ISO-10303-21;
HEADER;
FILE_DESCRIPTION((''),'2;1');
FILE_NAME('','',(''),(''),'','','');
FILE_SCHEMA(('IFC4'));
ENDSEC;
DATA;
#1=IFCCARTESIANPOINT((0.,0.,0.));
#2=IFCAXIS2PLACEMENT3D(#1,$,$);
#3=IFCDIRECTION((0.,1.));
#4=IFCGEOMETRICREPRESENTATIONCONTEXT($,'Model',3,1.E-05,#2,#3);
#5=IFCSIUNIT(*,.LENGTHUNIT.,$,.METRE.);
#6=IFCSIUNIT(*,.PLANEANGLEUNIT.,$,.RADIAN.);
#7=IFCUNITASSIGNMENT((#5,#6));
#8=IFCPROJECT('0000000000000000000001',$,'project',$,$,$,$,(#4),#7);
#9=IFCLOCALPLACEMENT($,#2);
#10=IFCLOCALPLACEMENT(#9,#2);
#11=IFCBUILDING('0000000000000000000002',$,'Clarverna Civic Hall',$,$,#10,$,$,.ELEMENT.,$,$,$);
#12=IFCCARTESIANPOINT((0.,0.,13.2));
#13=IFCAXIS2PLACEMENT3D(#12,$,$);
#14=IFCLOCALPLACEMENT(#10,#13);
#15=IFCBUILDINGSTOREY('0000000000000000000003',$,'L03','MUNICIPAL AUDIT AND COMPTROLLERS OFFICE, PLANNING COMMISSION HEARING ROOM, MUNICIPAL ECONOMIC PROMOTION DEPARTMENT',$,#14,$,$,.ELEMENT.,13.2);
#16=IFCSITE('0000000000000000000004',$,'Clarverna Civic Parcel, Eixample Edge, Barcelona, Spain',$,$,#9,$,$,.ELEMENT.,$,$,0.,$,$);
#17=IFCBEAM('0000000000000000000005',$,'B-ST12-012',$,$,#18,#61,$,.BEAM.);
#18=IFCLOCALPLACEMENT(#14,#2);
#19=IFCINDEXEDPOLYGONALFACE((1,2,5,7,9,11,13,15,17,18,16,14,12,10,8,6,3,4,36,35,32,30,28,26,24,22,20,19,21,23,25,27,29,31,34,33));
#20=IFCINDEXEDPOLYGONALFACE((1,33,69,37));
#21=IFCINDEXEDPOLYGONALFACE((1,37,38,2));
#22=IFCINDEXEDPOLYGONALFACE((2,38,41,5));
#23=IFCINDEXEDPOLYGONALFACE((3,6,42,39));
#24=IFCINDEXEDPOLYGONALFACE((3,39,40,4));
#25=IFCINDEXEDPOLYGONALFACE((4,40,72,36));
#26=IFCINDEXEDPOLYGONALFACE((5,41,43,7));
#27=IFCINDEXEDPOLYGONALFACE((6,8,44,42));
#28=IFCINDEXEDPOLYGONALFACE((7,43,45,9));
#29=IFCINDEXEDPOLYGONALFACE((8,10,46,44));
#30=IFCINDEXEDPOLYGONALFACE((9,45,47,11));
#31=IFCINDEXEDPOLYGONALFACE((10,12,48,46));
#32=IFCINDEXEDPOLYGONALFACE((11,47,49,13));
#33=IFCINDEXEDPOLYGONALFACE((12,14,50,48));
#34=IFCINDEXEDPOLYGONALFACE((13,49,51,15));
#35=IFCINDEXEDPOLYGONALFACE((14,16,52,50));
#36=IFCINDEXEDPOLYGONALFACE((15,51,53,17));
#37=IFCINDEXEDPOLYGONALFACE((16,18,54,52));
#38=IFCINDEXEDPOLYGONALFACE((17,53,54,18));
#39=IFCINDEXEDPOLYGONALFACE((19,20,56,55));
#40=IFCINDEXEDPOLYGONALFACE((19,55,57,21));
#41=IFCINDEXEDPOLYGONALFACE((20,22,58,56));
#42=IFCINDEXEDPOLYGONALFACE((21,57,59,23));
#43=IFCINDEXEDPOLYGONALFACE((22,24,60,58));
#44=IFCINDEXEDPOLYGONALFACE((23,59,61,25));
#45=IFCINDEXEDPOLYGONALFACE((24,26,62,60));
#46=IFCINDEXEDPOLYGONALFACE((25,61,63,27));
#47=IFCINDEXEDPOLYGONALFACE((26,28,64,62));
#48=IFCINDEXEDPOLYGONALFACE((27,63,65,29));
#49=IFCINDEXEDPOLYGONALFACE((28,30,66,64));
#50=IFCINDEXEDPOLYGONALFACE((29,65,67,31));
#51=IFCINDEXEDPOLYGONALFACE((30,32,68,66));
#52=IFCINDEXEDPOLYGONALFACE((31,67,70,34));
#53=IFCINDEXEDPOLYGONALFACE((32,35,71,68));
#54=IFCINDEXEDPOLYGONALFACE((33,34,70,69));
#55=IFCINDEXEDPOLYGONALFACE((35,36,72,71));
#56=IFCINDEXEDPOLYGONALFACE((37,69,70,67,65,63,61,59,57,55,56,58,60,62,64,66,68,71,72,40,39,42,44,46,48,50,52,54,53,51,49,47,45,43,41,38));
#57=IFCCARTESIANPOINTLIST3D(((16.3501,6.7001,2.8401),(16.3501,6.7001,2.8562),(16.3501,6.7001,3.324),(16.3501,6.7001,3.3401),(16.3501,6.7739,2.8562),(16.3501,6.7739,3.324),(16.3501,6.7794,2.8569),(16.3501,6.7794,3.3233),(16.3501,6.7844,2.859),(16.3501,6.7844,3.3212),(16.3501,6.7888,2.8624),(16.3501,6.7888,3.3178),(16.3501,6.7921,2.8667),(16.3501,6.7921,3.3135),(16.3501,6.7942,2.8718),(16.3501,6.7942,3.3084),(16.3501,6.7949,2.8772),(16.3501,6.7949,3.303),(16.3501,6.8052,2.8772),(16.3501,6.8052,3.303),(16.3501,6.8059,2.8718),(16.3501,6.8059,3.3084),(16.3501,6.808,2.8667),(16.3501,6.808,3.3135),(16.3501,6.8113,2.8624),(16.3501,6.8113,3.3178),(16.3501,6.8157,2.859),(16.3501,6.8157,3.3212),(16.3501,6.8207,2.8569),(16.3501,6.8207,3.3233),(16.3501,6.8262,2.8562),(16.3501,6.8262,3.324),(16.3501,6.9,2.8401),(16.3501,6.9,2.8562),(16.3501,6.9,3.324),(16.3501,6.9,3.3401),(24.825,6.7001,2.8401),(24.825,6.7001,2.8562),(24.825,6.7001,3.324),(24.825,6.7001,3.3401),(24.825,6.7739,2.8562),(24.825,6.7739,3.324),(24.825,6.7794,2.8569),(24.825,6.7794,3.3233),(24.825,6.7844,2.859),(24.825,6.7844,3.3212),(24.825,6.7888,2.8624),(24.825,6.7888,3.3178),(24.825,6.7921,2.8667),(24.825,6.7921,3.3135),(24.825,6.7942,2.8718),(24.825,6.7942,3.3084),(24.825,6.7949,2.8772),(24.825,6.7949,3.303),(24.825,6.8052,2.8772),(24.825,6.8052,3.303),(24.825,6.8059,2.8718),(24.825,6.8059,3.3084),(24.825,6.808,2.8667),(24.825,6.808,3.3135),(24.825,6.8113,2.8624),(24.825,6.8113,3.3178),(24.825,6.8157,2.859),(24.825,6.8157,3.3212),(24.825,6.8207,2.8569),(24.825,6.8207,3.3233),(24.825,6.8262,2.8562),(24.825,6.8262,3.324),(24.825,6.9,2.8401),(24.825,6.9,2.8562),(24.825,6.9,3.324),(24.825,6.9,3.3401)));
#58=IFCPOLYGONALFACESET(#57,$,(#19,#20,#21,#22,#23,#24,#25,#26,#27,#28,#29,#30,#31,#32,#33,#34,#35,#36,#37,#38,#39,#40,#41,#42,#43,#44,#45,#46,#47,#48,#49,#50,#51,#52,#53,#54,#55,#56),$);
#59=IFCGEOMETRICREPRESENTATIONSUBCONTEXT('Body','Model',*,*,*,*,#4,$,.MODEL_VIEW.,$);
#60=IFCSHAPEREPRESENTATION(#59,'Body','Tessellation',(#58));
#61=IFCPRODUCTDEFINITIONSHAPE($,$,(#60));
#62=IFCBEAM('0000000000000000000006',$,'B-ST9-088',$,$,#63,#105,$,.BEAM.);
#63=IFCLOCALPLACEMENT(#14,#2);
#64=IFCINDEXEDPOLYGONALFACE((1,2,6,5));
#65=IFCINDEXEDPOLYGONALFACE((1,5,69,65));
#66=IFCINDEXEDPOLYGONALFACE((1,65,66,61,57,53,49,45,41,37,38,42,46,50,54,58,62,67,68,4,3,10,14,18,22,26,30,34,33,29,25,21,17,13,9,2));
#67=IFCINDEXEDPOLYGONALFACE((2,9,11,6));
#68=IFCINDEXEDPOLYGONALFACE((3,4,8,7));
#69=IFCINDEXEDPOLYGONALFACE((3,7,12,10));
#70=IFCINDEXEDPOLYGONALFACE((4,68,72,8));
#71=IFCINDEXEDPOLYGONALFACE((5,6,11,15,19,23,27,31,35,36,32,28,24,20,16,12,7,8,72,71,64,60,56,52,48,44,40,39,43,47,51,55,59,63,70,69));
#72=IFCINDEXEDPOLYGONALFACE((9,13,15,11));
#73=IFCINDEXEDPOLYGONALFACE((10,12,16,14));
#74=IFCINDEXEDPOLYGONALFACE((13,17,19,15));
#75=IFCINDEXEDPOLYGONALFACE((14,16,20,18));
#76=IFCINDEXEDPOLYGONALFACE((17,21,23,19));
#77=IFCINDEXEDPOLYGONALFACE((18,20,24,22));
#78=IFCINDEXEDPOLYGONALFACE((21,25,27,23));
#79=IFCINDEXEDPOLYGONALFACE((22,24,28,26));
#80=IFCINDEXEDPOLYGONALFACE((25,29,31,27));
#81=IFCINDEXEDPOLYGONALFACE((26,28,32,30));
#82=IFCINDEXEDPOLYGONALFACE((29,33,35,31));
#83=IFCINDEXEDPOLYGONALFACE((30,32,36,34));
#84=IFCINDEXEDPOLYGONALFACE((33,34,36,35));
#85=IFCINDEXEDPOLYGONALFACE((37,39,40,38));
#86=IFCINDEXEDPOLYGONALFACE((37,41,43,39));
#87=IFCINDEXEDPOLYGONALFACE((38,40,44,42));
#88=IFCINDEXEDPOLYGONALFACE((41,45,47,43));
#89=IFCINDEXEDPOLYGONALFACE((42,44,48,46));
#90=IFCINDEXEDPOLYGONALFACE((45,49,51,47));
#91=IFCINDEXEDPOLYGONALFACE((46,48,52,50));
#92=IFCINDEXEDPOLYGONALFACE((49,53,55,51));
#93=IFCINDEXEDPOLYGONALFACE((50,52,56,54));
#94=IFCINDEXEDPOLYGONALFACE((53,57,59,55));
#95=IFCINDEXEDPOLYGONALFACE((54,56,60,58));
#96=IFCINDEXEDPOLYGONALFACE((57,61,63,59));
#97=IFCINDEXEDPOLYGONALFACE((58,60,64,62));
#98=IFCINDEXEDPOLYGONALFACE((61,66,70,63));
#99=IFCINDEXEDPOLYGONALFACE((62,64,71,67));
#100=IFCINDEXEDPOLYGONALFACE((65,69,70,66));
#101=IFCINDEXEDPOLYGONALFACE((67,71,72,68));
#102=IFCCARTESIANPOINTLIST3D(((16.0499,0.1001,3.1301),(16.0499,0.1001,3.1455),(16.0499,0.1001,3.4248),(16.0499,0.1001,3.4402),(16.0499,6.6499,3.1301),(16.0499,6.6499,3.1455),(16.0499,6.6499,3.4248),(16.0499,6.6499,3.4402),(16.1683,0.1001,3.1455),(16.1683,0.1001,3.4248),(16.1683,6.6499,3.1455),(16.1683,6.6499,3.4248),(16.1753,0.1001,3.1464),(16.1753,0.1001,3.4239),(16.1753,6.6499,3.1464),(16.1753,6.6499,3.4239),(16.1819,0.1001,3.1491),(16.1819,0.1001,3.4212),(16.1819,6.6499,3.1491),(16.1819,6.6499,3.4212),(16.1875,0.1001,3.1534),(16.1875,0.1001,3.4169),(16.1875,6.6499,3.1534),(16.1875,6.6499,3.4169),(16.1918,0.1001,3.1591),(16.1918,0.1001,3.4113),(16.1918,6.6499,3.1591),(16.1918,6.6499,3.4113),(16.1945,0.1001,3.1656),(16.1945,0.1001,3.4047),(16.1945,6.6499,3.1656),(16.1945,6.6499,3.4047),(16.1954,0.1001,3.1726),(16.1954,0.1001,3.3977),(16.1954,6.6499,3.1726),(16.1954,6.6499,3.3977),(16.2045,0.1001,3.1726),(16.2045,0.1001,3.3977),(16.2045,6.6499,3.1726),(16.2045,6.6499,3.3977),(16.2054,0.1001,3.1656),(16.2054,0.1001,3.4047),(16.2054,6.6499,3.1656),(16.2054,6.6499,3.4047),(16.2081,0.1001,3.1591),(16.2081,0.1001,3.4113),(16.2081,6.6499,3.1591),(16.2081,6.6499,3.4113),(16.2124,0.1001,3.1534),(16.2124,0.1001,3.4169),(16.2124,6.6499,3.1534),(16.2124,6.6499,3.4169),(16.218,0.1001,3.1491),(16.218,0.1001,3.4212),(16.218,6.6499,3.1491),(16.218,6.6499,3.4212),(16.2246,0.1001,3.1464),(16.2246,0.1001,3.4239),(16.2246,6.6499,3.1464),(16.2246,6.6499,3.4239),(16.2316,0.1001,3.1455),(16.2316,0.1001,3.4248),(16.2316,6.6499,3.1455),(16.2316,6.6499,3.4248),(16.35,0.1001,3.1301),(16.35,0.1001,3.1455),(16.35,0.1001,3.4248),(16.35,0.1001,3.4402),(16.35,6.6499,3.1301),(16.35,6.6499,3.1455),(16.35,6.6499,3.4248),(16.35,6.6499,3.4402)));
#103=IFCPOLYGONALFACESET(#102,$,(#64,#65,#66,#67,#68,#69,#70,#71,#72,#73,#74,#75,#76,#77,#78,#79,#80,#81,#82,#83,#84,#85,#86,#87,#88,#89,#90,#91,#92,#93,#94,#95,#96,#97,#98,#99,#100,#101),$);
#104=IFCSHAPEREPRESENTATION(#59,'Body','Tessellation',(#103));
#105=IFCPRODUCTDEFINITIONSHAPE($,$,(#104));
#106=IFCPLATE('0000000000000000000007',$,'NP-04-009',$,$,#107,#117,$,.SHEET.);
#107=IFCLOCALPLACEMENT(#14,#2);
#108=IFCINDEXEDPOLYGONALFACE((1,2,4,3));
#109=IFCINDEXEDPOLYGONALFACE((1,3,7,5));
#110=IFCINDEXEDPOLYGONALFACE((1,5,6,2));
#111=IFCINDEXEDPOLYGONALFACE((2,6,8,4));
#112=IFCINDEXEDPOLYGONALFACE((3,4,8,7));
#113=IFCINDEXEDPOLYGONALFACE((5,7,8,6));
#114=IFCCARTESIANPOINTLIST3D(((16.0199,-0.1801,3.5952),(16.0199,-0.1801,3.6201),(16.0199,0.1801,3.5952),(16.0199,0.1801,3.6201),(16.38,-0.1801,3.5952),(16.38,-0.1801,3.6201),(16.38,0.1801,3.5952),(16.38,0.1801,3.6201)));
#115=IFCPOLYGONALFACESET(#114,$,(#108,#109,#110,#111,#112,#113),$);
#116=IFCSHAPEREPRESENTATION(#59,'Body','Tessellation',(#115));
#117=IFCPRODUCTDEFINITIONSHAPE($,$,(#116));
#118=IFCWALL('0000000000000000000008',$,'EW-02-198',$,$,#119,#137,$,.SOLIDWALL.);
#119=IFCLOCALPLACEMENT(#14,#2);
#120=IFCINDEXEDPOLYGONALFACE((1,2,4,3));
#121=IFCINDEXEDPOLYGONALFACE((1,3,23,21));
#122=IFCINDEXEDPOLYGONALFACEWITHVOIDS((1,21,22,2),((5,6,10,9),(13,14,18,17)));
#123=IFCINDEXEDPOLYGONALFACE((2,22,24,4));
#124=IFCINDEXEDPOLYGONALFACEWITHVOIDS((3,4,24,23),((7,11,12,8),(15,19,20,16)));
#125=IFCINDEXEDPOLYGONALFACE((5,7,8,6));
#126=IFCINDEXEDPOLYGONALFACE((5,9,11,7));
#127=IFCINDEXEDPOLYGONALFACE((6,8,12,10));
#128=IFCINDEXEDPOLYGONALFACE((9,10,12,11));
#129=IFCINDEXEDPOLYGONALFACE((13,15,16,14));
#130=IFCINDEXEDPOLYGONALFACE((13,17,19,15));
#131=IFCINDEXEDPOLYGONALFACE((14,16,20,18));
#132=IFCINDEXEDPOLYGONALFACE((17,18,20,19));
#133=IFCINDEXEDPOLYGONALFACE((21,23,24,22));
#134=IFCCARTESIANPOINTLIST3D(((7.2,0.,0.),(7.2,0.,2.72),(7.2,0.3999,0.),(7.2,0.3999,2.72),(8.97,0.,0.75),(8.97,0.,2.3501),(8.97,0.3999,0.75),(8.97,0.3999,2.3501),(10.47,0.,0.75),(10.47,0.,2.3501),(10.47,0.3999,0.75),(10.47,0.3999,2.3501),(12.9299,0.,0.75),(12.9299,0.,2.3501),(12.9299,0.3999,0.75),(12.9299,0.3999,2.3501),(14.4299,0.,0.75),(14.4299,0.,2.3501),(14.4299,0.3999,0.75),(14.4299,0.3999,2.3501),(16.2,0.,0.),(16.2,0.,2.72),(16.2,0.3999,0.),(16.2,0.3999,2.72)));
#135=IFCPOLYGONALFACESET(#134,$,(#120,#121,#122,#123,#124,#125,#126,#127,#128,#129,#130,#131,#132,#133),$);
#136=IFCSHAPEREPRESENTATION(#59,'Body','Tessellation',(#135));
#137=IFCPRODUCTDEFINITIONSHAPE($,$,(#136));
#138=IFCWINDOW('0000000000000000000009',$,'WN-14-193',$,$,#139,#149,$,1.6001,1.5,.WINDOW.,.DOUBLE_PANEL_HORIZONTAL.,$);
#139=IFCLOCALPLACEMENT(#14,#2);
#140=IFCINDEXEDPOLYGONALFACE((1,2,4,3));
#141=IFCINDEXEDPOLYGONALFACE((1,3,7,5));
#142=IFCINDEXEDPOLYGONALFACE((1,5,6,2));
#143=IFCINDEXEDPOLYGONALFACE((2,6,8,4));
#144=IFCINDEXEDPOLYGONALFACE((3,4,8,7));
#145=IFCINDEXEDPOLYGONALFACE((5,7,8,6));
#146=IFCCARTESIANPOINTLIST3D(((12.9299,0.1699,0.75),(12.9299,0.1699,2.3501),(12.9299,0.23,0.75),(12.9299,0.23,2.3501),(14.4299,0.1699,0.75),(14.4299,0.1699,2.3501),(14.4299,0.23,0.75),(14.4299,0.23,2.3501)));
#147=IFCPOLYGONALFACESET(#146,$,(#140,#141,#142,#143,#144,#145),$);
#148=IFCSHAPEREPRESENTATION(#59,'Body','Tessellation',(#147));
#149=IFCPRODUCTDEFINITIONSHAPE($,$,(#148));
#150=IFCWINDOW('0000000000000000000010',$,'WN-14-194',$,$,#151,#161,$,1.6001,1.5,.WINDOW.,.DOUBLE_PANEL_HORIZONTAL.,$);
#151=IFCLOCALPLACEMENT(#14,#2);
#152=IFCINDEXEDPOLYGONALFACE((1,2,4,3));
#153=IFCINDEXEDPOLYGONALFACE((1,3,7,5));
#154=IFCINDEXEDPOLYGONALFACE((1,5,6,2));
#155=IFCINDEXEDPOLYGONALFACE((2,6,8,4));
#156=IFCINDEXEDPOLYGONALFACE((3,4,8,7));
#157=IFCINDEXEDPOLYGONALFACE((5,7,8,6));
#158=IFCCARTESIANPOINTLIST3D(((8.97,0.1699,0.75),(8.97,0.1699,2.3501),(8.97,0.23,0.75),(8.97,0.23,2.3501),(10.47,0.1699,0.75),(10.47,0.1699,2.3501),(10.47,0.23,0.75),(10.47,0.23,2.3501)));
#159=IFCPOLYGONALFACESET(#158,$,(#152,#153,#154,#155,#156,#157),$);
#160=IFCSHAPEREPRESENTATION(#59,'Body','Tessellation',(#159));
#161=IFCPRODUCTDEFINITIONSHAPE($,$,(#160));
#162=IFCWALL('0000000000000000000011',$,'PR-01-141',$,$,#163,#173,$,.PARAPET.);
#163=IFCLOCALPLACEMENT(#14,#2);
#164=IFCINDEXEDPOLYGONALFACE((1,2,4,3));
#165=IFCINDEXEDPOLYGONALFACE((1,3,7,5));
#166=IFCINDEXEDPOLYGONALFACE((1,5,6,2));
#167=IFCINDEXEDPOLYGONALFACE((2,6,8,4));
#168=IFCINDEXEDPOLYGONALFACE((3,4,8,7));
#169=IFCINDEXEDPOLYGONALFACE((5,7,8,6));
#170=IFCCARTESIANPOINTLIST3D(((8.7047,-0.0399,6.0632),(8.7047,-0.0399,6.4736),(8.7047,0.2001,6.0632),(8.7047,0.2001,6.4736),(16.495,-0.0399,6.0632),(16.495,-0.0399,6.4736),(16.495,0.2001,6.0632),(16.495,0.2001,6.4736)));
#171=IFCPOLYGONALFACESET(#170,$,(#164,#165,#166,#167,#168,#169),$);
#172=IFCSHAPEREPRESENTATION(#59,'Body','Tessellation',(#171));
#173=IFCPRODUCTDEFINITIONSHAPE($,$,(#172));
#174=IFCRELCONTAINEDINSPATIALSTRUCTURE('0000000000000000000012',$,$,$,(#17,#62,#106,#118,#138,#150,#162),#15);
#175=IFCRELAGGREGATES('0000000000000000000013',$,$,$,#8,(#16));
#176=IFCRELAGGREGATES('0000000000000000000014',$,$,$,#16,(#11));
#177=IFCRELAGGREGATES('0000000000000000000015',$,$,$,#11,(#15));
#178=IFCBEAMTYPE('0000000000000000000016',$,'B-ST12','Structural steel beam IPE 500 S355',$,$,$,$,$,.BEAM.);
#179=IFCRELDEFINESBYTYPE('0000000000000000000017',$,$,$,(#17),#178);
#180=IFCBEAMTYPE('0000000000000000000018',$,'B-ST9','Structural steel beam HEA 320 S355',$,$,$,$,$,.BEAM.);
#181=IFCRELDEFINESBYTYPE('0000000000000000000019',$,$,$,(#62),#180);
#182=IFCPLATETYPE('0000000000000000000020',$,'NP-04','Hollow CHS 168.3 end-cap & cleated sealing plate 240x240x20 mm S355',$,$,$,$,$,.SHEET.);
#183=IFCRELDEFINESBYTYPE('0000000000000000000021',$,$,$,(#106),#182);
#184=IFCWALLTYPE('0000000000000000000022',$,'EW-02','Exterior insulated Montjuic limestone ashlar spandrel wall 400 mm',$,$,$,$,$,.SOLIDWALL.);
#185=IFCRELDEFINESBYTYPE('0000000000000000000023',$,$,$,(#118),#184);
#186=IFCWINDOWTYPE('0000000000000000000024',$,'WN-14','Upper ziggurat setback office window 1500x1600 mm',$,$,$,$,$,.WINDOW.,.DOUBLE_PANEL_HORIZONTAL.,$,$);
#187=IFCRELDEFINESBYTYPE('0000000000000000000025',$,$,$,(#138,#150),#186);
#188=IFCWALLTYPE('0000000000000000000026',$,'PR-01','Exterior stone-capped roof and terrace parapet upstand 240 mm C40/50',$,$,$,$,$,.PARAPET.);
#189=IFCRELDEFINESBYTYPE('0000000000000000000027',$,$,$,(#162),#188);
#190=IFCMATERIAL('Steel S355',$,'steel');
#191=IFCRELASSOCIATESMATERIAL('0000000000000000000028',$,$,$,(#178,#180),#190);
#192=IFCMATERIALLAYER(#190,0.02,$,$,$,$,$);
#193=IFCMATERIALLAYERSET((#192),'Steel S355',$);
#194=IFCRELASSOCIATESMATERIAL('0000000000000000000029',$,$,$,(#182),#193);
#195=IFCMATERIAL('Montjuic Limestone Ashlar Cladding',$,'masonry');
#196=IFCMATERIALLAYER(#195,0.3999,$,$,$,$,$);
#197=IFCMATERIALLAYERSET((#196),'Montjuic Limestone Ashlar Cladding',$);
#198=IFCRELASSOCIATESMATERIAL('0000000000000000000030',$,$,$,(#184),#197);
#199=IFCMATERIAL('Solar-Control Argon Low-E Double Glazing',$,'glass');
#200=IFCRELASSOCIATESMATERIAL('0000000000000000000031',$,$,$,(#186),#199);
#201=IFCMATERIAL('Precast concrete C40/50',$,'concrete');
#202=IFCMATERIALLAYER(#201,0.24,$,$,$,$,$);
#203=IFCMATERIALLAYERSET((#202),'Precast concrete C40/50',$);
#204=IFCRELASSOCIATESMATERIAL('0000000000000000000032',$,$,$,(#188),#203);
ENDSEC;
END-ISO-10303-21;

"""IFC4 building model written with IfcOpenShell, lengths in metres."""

from ifc_helpers import new_model, si_unit, direction, frame, frame_2d, origin, origin_2d, place, context, subcontext, project, spatial, rectangle, i_section, extrude, material, layer, layer_set, material_profile, profile_set, type_object, element, fill, save


model = new_model("IFC4")

# Units and contexts
model_context = context("Model", 3, precision=1e-05, world=origin(), true_north=direction((0.0, 1.0)))
body_context = subcontext(model_context, "Body", "Model", "MODEL_VIEW")
ifc_project = project(units=[si_unit("LENGTHUNIT", "METRE"), si_unit("PLANEANGLEUNIT", "RADIAN")], contexts=[model_context])

# Site, building, storey
site_placement = place(None, origin())
site = spatial("IfcSite", under=ifc_project, at=site_placement, Name="Clarverna Civic Parcel, Eixample Edge, Barcelona, Spain", CompositionType="ELEMENT", RefElevation=0.0)
building_placement = place(site_placement, origin())
building = spatial("IfcBuilding", under=site, at=building_placement, Name="Clarverna Civic Hall", CompositionType="ELEMENT")
storey_placement = place(building_placement, frame((0.0, 0.0, 13.2)))
storey = spatial("IfcBuildingStorey", under=building, at=storey_placement, Name="L03", Description="MUNICIPAL AUDIT AND COMPTROLLERS OFFICE, PLANNING COMMISSION HEARING ROOM, MUNICIPAL ECONOMIC PROMOTION DEPARTMENT", CompositionType="ELEMENT", Elevation=13.2)

# Shared definitions
ifc_material_1 = material(Name="Steel S355", Category="steel")

# Beams
ifc_material_profile_1 = material_profile(ifc_material_1, i_section(OverallWidth=0.2, OverallDepth=0.5, WebThickness=0.0103, FlangeThickness=0.0161, FilletRadius=0.021, at=origin_2d()), Name="IPE 500")
ifc_profile_set_1 = profile_set([ifc_material_profile_1], Name="Steel S355")
beam_type_1 = type_object("IfcBeamType", Name="B-ST12", Description="Structural steel beam IPE 500 S355", PredefinedType="BEAM", material=ifc_profile_set_1)
beam_1_placement = place(storey_placement, frame((16.3501, 6.8, 3.0901), z_axis=(1.0, 0.0, 0.0), x_axis=(0.0, 1.0, 0.0)))
element("IfcBeam", 1, at=beam_1_placement, inside=storey, type_object=beam_type_1, Name="B-ST12-012", PredefinedType="BEAM", context=body_context, shape_type="SweptSolid", body=[
    extrude(i_section(OverallWidth=0.2, OverallDepth=0.5, WebThickness=0.0103, FlangeThickness=0.0161, FilletRadius=0.021, at=origin_2d()), origin(), (0.0, 0.0, 1.0), 8.4749),
])
ifc_material_profile_2 = material_profile(ifc_material_1, i_section(OverallWidth=0.3, OverallDepth=0.3101, WebThickness=0.009, FlangeThickness=0.0154, FilletRadius=0.0271, at=origin_2d()), Name="HEA 320")
ifc_profile_set_2 = profile_set([ifc_material_profile_2], Name="Steel S355")
beam_type_2 = type_object("IfcBeamType", Name="B-ST9", Description="Structural steel beam HEA 320 S355", PredefinedType="BEAM", material=ifc_profile_set_2)
beam_2_placement = place(storey_placement, frame((16.2, 0.1001, 3.2852), z_axis=(0.0, 1.0, 0.0), x_axis=(-1.0, 0.0, 0.0)))
element("IfcBeam", 2, at=beam_2_placement, inside=storey, type_object=beam_type_2, Name="B-ST9-088", PredefinedType="BEAM", context=body_context, shape_type="SweptSolid", body=[
    extrude(i_section(OverallWidth=0.3, OverallDepth=0.3101, WebThickness=0.009, FlangeThickness=0.0154, FilletRadius=0.0271, at=origin_2d()), origin(), (0.0, 0.0, 1.0), 6.5498),
])

# Plate
ifc_layer_1 = layer(ifc_material_1, 0.02)
ifc_layer_set_1 = layer_set([ifc_layer_1], Name="Steel S355")
plate_type = type_object("IfcPlateType", Name="NP-04", Description="Hollow CHS 168.3 end-cap & cleated sealing plate 240x240x20 mm S355", PredefinedType="SHEET", material=ifc_layer_set_1)
plate_placement = place(storey_placement, frame((16.2, 0.0, 3.5952), z_axis=(0.0, 0.0, 1.0), x_axis=(1.0, 0.0, 0.0)))
element("IfcPlate", 3, at=plate_placement, inside=storey, type_object=plate_type, Name="NP-04-009", PredefinedType="SHEET", context=body_context, shape_type="SweptSolid", body=[
    extrude(rectangle(XDim=0.3601, YDim=0.3601, at=origin_2d()), origin(), (0.0, 0.0, 1.0), 0.0249),
])

# Wall, openings, windows
ifc_material_2 = material(Name="Montjuic Limestone Ashlar Cladding", Category="masonry")
ifc_layer_2 = layer(ifc_material_2, 0.3999)
ifc_layer_set_2 = layer_set([ifc_layer_2], Name="Montjuic Limestone Ashlar Cladding")
wall_type_1 = type_object("IfcWallType", Name="EW-02", Description="Exterior insulated Montjuic limestone ashlar spandrel wall 400 mm", PredefinedType="SOLIDWALL", material=ifc_layer_set_2)
wall_1_placement = place(storey_placement, frame((16.2, 0.2, 0.0), z_axis=(0.0, 0.0, 1.0), x_axis=(-1.0, 0.0, 0.0)))
wall_1 = element("IfcWall", 4, at=wall_1_placement, inside=storey, type_object=wall_type_1, Name="EW-02-198", PredefinedType="SOLIDWALL", context=body_context, shape_type="SweptSolid", body=[
    extrude(rectangle(XDim=9.0, YDim=0.3999, at=frame_2d((4.5, 0.0))), origin(), (0.0, 0.0, 1.0), 2.72),
])
opening_1_placement = place(wall_1_placement, frame((1.77, 0.0, 0.75)))
opening_1 = element("IfcOpeningElement", 5, at=opening_1_placement, cuts=wall_1, PredefinedType="OPENING", context=body_context, shape_type="SweptSolid", body=[
    extrude(rectangle(XDim=1.5, YDim=1.6001, at=frame_2d((0.75, 0.8))), frame((0.0, 0.21, 0.0), z_axis=(0.0, -1.0, 0.0), x_axis=(1.0, 0.0, 0.0)), (0.0, 0.0, 1.0), 0.4199),
])
opening_2_placement = place(wall_1_placement, frame((5.73, 0.0, 0.75)))
opening_2 = element("IfcOpeningElement", 6, at=opening_2_placement, cuts=wall_1, PredefinedType="OPENING", context=body_context, shape_type="SweptSolid", body=[
    extrude(rectangle(XDim=1.5, YDim=1.6001, at=frame_2d((0.75, 0.8))), frame((0.0, 0.21, 0.0), z_axis=(0.0, -1.0, 0.0), x_axis=(1.0, 0.0, 0.0)), (0.0, 0.0, 1.0), 0.4199),
])
ifc_material_3 = material(Name="Solar-Control Argon Low-E Double Glazing", Category="glass")
window_type = type_object("IfcWindowType", Name="WN-14", Description="Upper ziggurat setback office window 1500x1600 mm", PartitioningType="DOUBLE_PANEL_HORIZONTAL", PredefinedType="WINDOW", material=ifc_material_3)
window_1_placement = place(opening_1_placement, origin())
window_1 = element("IfcWindow", 7, at=window_1_placement, inside=storey, type_object=window_type, Name="WN-14-193", OverallHeight=1.6001, OverallWidth=1.5, PartitioningType="DOUBLE_PANEL_HORIZONTAL", PredefinedType="WINDOW", context=body_context, shape_type="SweptSolid", body=[
    extrude(rectangle(XDim=1.5, YDim=1.6001, at=frame_2d((0.75, 0.8))), frame((0.0, 0.03, 0.0), z_axis=(0.0, -1.0, 0.0), x_axis=(1.0, 0.0, 0.0)), (0.0, 0.0, 1.0), 0.0601),
])
fill(opening_1, window_1)
window_2_placement = place(opening_2_placement, origin())
window_2 = element("IfcWindow", 8, at=window_2_placement, inside=storey, type_object=window_type, Name="WN-14-194", OverallHeight=1.6001, OverallWidth=1.5, PartitioningType="DOUBLE_PANEL_HORIZONTAL", PredefinedType="WINDOW", context=body_context, shape_type="SweptSolid", body=[
    extrude(rectangle(XDim=1.5, YDim=1.6001, at=frame_2d((0.75, 0.8))), frame((0.0, 0.03, 0.0), z_axis=(0.0, -1.0, 0.0), x_axis=(1.0, 0.0, 0.0)), (0.0, 0.0, 1.0), 0.0601),
])
fill(opening_2, window_2)

# Wall
ifc_material_4 = material(Name="Precast concrete C40/50", Category="concrete")
ifc_layer_3 = layer(ifc_material_4, 0.24)
ifc_layer_set_3 = layer_set([ifc_layer_3], Name="Precast concrete C40/50")
wall_type_2 = type_object("IfcWallType", Name="PR-01", Description="Exterior stone-capped roof and terrace parapet upstand 240 mm C40/50", PredefinedType="PARAPET", material=ifc_layer_set_3)
wall_2_placement = place(storey_placement, frame((8.7048, 0.0801, 6.0632), z_axis=(0.0, 0.0, 1.0), x_axis=(1.0, 0.0, 0.0)))
element("IfcWall", 9, at=wall_2_placement, inside=storey, type_object=wall_type_2, Name="PR-01-141", PredefinedType="PARAPET", context=body_context, shape_type="SweptSolid", body=[
    extrude(rectangle(XDim=7.7903, YDim=0.24, at=frame_2d((3.895, 0.0))), origin(), (0.0, 0.0, 1.0), 0.4104),
])

save(model, "model.ifc")
